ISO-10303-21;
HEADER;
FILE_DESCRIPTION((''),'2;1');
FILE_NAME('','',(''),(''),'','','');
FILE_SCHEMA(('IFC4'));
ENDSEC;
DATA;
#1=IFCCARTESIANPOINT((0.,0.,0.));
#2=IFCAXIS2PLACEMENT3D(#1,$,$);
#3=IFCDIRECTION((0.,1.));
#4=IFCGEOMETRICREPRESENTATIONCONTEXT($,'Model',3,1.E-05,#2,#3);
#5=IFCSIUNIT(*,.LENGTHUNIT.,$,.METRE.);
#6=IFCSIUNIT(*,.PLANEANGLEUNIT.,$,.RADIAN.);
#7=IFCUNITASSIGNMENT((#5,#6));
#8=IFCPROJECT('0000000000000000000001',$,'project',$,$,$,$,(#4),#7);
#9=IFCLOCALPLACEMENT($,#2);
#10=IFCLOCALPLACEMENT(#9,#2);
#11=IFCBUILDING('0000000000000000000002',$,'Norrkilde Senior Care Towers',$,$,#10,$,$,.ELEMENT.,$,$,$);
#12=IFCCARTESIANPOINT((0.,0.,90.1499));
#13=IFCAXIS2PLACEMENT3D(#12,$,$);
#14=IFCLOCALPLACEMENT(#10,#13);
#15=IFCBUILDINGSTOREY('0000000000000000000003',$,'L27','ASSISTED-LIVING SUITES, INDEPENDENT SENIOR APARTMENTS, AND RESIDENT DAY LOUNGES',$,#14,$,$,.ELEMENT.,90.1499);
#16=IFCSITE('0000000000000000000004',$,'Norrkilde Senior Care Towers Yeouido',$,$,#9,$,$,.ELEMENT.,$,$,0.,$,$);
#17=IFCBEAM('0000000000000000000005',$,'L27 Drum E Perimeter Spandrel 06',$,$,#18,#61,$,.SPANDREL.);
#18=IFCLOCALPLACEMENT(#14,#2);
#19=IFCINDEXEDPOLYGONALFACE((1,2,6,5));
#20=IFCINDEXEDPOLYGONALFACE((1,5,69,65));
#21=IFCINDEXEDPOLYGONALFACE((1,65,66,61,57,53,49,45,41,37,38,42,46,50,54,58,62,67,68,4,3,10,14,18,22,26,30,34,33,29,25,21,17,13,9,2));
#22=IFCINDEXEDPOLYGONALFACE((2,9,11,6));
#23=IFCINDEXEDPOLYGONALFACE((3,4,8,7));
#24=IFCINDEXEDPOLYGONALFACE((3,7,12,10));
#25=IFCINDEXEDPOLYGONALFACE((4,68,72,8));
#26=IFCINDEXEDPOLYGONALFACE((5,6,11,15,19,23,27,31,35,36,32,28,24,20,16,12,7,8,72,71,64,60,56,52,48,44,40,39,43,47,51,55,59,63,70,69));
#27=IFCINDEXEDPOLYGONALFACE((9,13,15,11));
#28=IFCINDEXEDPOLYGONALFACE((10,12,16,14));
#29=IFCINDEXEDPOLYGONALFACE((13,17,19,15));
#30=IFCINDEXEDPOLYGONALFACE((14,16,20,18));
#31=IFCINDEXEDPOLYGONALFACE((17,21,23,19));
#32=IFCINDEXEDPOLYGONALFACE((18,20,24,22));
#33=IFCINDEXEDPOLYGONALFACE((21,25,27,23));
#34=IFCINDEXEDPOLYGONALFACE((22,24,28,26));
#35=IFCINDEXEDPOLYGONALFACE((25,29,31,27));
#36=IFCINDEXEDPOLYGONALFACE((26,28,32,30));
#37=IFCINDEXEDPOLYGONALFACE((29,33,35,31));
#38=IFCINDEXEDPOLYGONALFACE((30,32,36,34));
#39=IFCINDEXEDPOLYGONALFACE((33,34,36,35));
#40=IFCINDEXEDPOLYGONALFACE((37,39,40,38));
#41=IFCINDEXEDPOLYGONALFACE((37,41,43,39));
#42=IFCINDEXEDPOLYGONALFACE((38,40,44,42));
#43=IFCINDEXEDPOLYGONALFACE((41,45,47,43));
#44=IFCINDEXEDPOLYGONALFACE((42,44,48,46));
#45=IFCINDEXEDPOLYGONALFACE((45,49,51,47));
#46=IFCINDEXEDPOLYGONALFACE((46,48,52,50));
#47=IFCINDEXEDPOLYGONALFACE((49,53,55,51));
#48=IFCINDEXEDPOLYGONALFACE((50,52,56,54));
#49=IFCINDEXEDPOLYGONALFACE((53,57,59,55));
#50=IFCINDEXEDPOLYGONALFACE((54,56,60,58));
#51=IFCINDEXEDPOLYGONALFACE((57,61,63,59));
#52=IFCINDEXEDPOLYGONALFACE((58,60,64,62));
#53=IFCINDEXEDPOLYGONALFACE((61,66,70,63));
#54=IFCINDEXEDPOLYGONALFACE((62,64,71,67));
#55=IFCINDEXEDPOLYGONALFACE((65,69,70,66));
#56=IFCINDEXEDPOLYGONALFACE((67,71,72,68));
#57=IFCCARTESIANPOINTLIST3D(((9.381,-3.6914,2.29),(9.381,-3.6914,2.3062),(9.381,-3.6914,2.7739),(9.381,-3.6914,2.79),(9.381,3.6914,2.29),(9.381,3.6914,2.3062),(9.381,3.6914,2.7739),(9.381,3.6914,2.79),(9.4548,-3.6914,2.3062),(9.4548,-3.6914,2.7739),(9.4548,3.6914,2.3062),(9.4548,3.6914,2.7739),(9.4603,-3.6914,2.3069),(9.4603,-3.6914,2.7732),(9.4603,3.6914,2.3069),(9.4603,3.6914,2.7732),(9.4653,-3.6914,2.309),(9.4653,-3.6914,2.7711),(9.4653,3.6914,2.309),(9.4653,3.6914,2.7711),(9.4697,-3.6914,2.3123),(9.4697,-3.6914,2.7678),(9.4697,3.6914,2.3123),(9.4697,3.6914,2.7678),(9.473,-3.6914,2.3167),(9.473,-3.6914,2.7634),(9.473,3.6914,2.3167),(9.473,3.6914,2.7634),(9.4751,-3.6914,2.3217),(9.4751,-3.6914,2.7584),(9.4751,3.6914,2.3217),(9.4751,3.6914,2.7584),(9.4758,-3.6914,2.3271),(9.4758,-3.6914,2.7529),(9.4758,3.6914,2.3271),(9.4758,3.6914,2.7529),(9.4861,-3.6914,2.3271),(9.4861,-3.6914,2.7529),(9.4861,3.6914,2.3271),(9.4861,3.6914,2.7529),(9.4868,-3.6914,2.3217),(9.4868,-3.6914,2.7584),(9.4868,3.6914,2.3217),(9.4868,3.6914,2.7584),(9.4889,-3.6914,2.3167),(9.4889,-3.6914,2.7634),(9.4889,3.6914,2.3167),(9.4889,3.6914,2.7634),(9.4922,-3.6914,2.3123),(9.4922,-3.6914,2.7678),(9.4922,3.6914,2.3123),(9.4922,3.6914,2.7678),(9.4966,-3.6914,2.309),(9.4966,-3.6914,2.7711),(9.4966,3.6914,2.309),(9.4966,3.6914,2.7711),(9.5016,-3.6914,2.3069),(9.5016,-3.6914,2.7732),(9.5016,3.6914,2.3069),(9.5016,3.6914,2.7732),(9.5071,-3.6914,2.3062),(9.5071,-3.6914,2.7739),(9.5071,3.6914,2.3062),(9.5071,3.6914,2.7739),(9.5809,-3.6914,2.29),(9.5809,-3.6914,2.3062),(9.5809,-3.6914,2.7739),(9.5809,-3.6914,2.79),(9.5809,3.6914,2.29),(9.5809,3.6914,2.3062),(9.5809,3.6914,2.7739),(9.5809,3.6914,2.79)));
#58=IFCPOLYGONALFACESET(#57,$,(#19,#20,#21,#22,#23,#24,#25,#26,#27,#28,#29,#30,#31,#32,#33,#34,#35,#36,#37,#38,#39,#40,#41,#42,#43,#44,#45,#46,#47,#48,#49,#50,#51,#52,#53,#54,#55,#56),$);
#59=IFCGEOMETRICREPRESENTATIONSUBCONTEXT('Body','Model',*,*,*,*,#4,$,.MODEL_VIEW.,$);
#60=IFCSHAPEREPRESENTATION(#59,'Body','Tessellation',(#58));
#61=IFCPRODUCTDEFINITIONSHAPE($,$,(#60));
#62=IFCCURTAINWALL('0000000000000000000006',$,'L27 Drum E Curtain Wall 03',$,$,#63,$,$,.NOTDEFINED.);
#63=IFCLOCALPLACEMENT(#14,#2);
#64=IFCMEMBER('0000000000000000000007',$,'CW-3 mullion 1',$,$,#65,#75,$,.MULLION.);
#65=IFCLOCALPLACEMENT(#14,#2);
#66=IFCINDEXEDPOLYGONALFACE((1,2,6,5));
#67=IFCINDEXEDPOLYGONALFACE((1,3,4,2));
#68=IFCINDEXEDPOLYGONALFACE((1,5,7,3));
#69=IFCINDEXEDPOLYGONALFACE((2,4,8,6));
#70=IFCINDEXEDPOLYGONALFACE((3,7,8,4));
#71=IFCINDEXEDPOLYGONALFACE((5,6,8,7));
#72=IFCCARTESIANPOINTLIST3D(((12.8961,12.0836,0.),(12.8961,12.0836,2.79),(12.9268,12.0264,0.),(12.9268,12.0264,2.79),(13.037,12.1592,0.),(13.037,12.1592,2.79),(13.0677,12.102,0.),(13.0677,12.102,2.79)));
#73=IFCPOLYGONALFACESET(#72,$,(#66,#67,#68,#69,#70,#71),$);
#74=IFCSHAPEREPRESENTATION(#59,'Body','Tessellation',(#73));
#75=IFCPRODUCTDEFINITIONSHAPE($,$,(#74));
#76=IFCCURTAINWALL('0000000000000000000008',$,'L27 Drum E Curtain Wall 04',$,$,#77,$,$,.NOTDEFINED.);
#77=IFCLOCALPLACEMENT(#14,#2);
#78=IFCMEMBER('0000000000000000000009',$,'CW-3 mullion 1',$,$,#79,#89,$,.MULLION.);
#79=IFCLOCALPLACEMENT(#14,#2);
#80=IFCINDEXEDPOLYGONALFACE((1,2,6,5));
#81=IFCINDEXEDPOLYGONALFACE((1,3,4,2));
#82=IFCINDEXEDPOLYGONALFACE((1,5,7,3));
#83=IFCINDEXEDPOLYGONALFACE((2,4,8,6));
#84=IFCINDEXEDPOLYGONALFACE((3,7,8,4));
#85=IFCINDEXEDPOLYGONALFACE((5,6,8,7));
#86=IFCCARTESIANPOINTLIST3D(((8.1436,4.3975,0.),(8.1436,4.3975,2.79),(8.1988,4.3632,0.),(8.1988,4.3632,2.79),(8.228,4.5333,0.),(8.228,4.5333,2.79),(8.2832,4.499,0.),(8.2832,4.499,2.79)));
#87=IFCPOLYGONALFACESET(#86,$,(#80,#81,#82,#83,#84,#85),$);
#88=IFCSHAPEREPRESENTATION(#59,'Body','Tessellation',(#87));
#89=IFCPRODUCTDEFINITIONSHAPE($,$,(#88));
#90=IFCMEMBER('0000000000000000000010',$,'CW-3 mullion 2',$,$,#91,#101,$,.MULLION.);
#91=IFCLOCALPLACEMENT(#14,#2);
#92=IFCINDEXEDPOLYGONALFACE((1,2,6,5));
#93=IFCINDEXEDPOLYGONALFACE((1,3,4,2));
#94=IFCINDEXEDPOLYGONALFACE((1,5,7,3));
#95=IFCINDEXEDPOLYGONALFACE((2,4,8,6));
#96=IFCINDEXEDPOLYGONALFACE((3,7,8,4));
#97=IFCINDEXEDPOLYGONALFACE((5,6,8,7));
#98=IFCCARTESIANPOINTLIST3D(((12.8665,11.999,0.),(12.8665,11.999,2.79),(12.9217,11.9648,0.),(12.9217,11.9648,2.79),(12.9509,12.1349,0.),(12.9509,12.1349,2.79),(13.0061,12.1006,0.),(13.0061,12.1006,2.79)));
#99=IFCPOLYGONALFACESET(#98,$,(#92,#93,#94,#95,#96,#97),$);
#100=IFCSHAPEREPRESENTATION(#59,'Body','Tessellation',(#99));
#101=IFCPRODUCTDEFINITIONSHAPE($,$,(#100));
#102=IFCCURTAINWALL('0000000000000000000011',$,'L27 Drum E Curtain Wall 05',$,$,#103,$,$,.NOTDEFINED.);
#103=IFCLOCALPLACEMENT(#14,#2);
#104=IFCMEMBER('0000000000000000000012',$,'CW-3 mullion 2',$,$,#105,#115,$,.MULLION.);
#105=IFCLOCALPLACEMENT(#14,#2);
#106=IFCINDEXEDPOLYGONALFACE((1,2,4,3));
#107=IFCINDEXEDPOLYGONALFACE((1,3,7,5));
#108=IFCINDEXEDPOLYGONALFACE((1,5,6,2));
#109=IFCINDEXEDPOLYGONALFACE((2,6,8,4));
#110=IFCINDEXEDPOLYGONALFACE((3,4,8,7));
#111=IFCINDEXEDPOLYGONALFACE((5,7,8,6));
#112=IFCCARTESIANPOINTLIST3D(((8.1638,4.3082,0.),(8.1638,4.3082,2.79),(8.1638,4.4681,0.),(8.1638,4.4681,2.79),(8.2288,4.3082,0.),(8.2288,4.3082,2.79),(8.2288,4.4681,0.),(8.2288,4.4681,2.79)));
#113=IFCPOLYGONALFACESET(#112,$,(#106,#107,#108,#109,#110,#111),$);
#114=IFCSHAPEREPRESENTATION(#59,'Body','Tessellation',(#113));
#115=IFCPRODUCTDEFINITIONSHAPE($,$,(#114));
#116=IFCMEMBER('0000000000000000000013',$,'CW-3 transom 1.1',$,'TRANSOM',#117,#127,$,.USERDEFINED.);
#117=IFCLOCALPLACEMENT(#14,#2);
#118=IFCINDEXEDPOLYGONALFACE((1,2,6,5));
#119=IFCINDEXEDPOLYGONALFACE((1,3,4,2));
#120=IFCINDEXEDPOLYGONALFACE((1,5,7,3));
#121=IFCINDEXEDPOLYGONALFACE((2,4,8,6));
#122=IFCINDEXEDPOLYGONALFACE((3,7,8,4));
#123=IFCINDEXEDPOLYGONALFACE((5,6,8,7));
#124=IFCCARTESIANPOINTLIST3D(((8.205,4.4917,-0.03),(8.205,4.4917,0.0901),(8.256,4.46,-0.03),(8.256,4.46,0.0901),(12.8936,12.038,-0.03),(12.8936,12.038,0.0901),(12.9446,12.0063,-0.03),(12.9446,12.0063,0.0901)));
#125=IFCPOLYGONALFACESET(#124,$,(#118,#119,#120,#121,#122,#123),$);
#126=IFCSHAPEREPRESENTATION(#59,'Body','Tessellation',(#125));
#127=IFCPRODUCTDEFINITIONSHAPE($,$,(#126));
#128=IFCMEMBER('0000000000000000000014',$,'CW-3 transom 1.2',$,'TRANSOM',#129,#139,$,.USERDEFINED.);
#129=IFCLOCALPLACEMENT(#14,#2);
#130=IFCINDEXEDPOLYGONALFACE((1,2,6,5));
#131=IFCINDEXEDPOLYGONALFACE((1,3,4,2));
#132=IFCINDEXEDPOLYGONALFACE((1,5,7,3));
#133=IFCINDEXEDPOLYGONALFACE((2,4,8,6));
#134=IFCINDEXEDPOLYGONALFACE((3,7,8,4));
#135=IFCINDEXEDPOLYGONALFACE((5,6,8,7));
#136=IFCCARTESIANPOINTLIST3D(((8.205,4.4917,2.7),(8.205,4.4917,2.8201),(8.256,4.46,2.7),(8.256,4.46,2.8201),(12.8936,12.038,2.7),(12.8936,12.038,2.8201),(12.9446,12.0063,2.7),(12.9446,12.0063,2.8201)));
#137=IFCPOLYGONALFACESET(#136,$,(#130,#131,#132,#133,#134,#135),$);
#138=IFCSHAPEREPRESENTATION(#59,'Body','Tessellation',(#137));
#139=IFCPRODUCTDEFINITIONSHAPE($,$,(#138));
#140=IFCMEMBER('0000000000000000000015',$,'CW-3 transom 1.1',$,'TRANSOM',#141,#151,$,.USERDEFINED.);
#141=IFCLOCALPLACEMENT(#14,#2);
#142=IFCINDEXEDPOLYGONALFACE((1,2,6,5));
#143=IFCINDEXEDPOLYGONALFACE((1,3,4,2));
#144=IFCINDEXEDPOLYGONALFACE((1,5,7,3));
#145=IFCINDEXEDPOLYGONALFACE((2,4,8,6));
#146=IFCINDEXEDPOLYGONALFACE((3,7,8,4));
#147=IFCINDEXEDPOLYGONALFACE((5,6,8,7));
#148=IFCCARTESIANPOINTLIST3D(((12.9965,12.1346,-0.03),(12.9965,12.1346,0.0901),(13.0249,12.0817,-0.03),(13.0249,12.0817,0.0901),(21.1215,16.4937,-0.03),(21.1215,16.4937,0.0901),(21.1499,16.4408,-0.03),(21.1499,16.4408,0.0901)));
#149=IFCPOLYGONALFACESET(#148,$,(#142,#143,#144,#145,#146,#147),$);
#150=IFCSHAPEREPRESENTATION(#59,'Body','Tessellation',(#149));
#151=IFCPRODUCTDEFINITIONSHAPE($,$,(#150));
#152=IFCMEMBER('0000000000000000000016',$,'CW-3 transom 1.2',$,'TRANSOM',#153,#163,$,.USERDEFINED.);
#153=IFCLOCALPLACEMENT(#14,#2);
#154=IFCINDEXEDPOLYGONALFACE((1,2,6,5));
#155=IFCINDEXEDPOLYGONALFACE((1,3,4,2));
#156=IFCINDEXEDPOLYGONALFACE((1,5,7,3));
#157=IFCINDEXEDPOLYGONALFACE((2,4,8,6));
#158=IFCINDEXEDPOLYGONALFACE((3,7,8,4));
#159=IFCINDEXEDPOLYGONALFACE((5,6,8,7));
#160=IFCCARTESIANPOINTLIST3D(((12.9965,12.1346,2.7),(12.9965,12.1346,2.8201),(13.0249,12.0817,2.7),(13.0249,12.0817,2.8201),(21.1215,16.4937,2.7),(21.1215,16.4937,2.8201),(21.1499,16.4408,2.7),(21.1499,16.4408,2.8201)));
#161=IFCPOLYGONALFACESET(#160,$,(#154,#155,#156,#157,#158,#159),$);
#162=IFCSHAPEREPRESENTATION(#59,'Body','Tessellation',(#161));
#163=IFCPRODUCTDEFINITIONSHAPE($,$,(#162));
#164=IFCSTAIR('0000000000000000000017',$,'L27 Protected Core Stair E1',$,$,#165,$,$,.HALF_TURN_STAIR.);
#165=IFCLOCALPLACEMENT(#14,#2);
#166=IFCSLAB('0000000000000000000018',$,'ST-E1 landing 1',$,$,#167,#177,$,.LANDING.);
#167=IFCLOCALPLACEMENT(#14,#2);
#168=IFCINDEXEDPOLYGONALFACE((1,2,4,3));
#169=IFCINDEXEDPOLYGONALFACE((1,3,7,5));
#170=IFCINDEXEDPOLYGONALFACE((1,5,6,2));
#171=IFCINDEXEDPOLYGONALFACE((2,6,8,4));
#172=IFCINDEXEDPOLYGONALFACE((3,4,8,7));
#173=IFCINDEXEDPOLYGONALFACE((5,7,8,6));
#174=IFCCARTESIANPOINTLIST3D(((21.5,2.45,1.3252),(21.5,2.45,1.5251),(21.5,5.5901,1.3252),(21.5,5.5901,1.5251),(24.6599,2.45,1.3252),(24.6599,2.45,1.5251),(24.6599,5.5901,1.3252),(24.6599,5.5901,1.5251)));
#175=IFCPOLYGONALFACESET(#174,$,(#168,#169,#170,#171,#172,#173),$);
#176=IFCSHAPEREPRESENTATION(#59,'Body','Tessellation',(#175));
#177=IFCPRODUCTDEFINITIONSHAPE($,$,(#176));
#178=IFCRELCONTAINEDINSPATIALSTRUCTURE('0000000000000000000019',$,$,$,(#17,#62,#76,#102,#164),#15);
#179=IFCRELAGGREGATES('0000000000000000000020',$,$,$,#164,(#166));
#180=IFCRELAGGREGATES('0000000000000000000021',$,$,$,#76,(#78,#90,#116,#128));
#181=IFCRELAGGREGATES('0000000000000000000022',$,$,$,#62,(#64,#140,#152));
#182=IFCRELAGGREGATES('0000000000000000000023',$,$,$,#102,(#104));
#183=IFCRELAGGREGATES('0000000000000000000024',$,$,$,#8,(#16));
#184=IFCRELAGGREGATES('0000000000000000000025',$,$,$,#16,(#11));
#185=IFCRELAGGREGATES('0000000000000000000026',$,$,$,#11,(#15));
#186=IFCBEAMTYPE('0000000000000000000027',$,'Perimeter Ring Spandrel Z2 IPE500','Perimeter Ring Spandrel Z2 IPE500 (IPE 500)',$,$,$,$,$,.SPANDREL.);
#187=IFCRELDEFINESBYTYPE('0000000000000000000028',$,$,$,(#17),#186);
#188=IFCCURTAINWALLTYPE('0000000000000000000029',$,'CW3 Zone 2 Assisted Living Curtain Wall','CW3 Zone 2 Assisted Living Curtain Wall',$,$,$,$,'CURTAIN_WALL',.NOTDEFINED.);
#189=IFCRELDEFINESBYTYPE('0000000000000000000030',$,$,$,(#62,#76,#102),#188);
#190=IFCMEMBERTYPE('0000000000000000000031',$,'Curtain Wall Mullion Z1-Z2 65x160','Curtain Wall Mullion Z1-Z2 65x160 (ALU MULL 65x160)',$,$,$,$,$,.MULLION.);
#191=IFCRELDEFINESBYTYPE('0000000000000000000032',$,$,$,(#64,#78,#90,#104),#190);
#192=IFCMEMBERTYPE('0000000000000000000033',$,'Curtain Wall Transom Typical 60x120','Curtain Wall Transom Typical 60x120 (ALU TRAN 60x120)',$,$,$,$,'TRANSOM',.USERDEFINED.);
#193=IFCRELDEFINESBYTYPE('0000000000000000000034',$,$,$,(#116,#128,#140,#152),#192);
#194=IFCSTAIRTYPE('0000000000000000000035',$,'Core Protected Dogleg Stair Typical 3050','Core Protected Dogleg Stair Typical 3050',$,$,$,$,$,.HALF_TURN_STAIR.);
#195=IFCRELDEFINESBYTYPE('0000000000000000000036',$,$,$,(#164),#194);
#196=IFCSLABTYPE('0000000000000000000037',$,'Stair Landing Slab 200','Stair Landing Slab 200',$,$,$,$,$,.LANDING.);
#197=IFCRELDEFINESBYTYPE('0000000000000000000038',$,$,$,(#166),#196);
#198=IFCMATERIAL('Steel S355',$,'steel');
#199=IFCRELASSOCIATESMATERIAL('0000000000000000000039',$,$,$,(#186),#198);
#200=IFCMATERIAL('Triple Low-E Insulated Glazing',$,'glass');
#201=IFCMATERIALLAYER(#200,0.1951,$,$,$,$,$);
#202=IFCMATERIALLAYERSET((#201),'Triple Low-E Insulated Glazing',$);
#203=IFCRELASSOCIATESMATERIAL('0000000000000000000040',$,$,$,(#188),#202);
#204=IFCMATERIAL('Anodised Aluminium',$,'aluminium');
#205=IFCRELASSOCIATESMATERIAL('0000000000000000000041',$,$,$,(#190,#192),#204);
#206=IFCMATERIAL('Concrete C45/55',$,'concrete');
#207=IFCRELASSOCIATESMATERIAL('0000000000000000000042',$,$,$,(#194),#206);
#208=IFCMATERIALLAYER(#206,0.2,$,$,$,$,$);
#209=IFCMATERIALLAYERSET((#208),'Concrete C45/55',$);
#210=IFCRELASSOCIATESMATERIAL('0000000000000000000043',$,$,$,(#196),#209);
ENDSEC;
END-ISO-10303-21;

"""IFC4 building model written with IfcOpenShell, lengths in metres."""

from ifc_helpers import new_model, si_unit, direction, frame, origin, origin_2d, place, context, subcontext, project, spatial, polyline, rectangle, i_section, outline, extrude, source, transform, mapped, material, layer, layer_set, material_profile, profile_set, type_object, type_shapes, element, aggregate, save


model = new_model("IFC4")

# Units and contexts
model_context = context("Model", 3, precision=1e-05, world=origin(), true_north=direction((0.0, 1.0)))
body_context = subcontext(model_context, "Body", "Model", "MODEL_VIEW")
ifc_project = project(units=[si_unit("LENGTHUNIT", "METRE"), si_unit("PLANEANGLEUNIT", "RADIAN")], contexts=[model_context])

# Site, building, storey
site_placement = place(None, origin())
site = spatial("IfcSite", under=ifc_project, at=site_placement, Name="Norrkilde Senior Care Towers Yeouido", CompositionType="ELEMENT", RefElevation=0.0)
building_placement = place(site_placement, origin())
building = spatial("IfcBuilding", under=site, at=building_placement, Name="Norrkilde Senior Care Towers", CompositionType="ELEMENT")
storey_placement = place(building_placement, frame((0.0, 0.0, 90.1499)))
storey = spatial("IfcBuildingStorey", under=building, at=storey_placement, Name="L27", Description="ASSISTED-LIVING SUITES, INDEPENDENT SENIOR APARTMENTS, AND RESIDENT DAY LOUNGES", CompositionType="ELEMENT", Elevation=90.1499)

# Beam
ifc_material_1 = material(Name="Steel S355", Category="steel")
ifc_material_profile_1 = material_profile(ifc_material_1, i_section(OverallWidth=0.2, OverallDepth=0.5, WebThickness=0.0103, FlangeThickness=0.0161, FilletRadius=0.021, at=origin_2d()), Name="IPE 500")
ifc_profile_set_1 = profile_set([ifc_material_profile_1], Name="Steel S355")
beam_type_1 = type_object("IfcBeamType", Name="Perimeter Ring Spandrel Z2 IPE500", Description="Perimeter Ring Spandrel Z2 IPE500 (IPE 500)", PredefinedType="SPANDREL", material=ifc_profile_set_1)
shared_shape_1 = source(origin(), body_context, "Body", "SweptSolid", [
    extrude(i_section(OverallWidth=0.2, OverallDepth=0.5, WebThickness=0.0103, FlangeThickness=0.0161, FilletRadius=0.021, at=origin_2d()), origin(), (0.0, 0.0, 1.0), 7.3828),
])
beam_1_placement = place(storey_placement, frame((9.481, 3.6914, 2.54), z_axis=(0.0, -1.0, 0.0), x_axis=(1.0, 0.0, 0.0)))
element("IfcBeam", 1, at=beam_1_placement, inside=storey, type_object=beam_type_1, Name="L27 Drum E Perimeter Spandrel 06", PredefinedType="SPANDREL", context=body_context, shape_type="MappedRepresentation", body=[
    mapped(shared_shape_1, transform((0.0, 0.0, 0.0), x_axis=(1.0, 0.0, 0.0), y_axis=(0.0, 1.0, 0.0), z_axis=(0.0, 0.0, 1.0), scale=1.0)),
])

# Curtain wall, member
ifc_material_2 = material(Name="Triple Low-E Insulated Glazing", Category="glass")
ifc_layer_1 = layer(ifc_material_2, 0.1951)
ifc_layer_set_1 = layer_set([ifc_layer_1], Name="Triple Low-E Insulated Glazing")
curtain_wall_type = type_object("IfcCurtainWallType", Name="CW3 Zone 2 Assisted Living Curtain Wall", Description="CW3 Zone 2 Assisted Living Curtain Wall", ElementType="CURTAIN_WALL", PredefinedType="NOTDEFINED", material=ifc_layer_set_1)
curtain_wall_1_placement = place(storey_placement, origin())
curtain_wall_1 = element("IfcCurtainWall", 2, at=curtain_wall_1_placement, inside=storey, type_object=curtain_wall_type, Name="L27 Drum E Curtain Wall 03", PredefinedType="NOTDEFINED")
ifc_material_3 = material(Name="Anodised Aluminium", Category="aluminium")
ifc_material_profile_2 = material_profile(ifc_material_3, rectangle(XDim=0.0649, YDim=0.1599, at=origin_2d()), Name="ALU MULL 65x160")
ifc_profile_set_2 = profile_set([ifc_material_profile_2], Name="Anodised Aluminium")
member_type_1 = type_object("IfcMemberType", Name="Curtain Wall Mullion Z1-Z2 65x160", Description="Curtain Wall Mullion Z1-Z2 65x160 (ALU MULL 65x160)", PredefinedType="MULLION", material=ifc_profile_set_2)
shared_shape_2 = source(origin(), body_context, "Body", "SweptSolid", [
    extrude(rectangle(XDim=0.0649, YDim=0.1599, at=origin_2d()), origin(), (0.0, 0.0, 1.0), 2.79),
])
type_shapes(member_type_1, [shared_shape_2])
member_1_placement = place(storey_placement, frame((12.9819, 12.0928, 0.0), z_axis=(0.0, 0.0, 1.0), x_axis=(-0.472769, 0.881186, 0.0)))
member_1 = element("IfcMember", 3, at=member_1_placement, type_object=member_type_1, Name="CW-3 mullion 1", PredefinedType="MULLION", context=body_context, shape_type="MappedRepresentation", body=[
    mapped(shared_shape_2, transform((0.0, 0.0, 0.0), x_axis=(1.0, 0.0, 0.0), y_axis=(0.0, 1.0, 0.0), z_axis=(0.0, 0.0, 1.0), scale=1.0)),
])

# Curtain wall, members
curtain_wall_2_placement = place(storey_placement, origin())
curtain_wall_2 = element("IfcCurtainWall", 4, at=curtain_wall_2_placement, inside=storey, type_object=curtain_wall_type, Name="L27 Drum E Curtain Wall 04", PredefinedType="NOTDEFINED")
member_2_placement = place(storey_placement, frame((8.2134, 4.4482, 0.0), z_axis=(0.0, 0.0, 1.0), x_axis=(-0.84941, 0.527733, 0.0)))
member_2 = element("IfcMember", 5, at=member_2_placement, type_object=member_type_1, Name="CW-3 mullion 1", PredefinedType="MULLION", context=body_context, shape_type="MappedRepresentation", body=[
    mapped(shared_shape_2, transform((0.0, 0.0, 0.0), x_axis=(1.0, 0.0, 0.0), y_axis=(0.0, 1.0, 0.0), z_axis=(0.0, 0.0, 1.0), scale=1.0)),
])
member_3_placement = place(storey_placement, frame((12.9363, 12.0498, 0.0), z_axis=(0.0, 0.0, 1.0), x_axis=(-0.84941, 0.527733, 0.0)))
member_3 = element("IfcMember", 6, at=member_3_placement, type_object=member_type_1, Name="CW-3 mullion 2", PredefinedType="MULLION", context=body_context, shape_type="MappedRepresentation", body=[
    mapped(shared_shape_2, transform((0.0, 0.0, 0.0), x_axis=(1.0, 0.0, 0.0), y_axis=(0.0, 1.0, 0.0), z_axis=(0.0, 0.0, 1.0), scale=1.0)),
])

# Curtain wall, member
curtain_wall_3_placement = place(storey_placement, origin())
curtain_wall_3 = element("IfcCurtainWall", 7, at=curtain_wall_3_placement, inside=storey, type_object=curtain_wall_type, Name="L27 Drum E Curtain Wall 05", PredefinedType="NOTDEFINED")
member_4_placement = place(storey_placement, frame((8.1963, 4.3882, 0.0), z_axis=(0.0, 0.0, 1.0), x_axis=(-1.0, 0.0, 0.0)))
member_4 = element("IfcMember", 8, at=member_4_placement, type_object=member_type_1, Name="CW-3 mullion 2", PredefinedType="MULLION", context=body_context, shape_type="MappedRepresentation", body=[
    mapped(shared_shape_2, transform((0.0, 0.0, 0.0), x_axis=(1.0, 0.0, 0.0), y_axis=(0.0, 1.0, 0.0), z_axis=(0.0, 0.0, 1.0), scale=1.0)),
])

# Members
ifc_material_profile_3 = material_profile(ifc_material_3, rectangle(XDim=0.0601, YDim=0.1201, at=origin_2d()), Name="ALU TRAN 60x120")
ifc_profile_set_3 = profile_set([ifc_material_profile_3], Name="Anodised Aluminium")
member_type_2 = type_object("IfcMemberType", Name="Curtain Wall Transom Typical 60x120", Description="Curtain Wall Transom Typical 60x120 (ALU TRAN 60x120)", ElementType="TRANSOM", PredefinedType="USERDEFINED", material=ifc_profile_set_3)
shared_shape_3 = source(origin(), body_context, "Body", "SweptSolid", [
    extrude(rectangle(XDim=0.0601, YDim=0.1201, at=origin_2d()), origin(), (0.0, 0.0, 1.0), 8.8843),
])
member_5_placement = place(storey_placement, frame((8.2305, 4.4758, 0.03), z_axis=(0.527749, 0.8494, 0.0), x_axis=(-0.8494, 0.527749, 0.0)))
member_5 = element("IfcMember", 9, at=member_5_placement, type_object=member_type_2, Name="CW-3 transom 1.1", ObjectType="TRANSOM", PredefinedType="USERDEFINED", context=body_context, shape_type="MappedRepresentation", body=[
    mapped(shared_shape_3, transform((0.0, 0.0, 0.0), x_axis=(1.0, 0.0, 0.0), y_axis=(0.0, 1.0, 0.0), z_axis=(0.0, 0.0, 1.0), scale=1.0)),
])
member_6_placement = place(storey_placement, frame((8.2305, 4.4758, 2.76), z_axis=(0.527749, 0.8494, 0.0), x_axis=(-0.8494, 0.527749, 0.0)))
member_6 = element("IfcMember", 10, at=member_6_placement, type_object=member_type_2, Name="CW-3 transom 1.2", ObjectType="TRANSOM", PredefinedType="USERDEFINED", context=body_context, shape_type="MappedRepresentation", body=[
    mapped(shared_shape_3, transform((0.0, 0.0, 0.0), x_axis=(1.0, 0.0, 0.0), y_axis=(0.0, 1.0, 0.0), z_axis=(0.0, 0.0, 1.0), scale=1.0)),
])
shared_shape_4 = source(origin(), body_context, "Body", "SweptSolid", [
    extrude(rectangle(XDim=0.0601, YDim=0.1201, at=origin_2d()), origin(), (0.0, 0.0, 1.0), 9.2205),
])
type_shapes(member_type_2, [shared_shape_3, shared_shape_4])
member_7_placement = place(storey_placement, frame((13.0107, 12.1082, 0.03), z_axis=(0.881189, 0.472765, 0.0), x_axis=(-0.472765, 0.881189, 0.0)))
member_7 = element("IfcMember", 11, at=member_7_placement, type_object=member_type_2, Name="CW-3 transom 1.1", ObjectType="TRANSOM", PredefinedType="USERDEFINED", context=body_context, shape_type="MappedRepresentation", body=[
    mapped(shared_shape_4, transform((0.0, 0.0, 0.0), x_axis=(1.0, 0.0, 0.0), y_axis=(0.0, 1.0, 0.0), z_axis=(0.0, 0.0, 1.0), scale=1.0)),
])
member_8_placement = place(storey_placement, frame((13.0107, 12.1082, 2.76), z_axis=(0.881189, 0.472765, 0.0), x_axis=(-0.472765, 0.881189, 0.0)))
member_8 = element("IfcMember", 12, at=member_8_placement, type_object=member_type_2, Name="CW-3 transom 1.2", ObjectType="TRANSOM", PredefinedType="USERDEFINED", context=body_context, shape_type="MappedRepresentation", body=[
    mapped(shared_shape_4, transform((0.0, 0.0, 0.0), x_axis=(1.0, 0.0, 0.0), y_axis=(0.0, 1.0, 0.0), z_axis=(0.0, 0.0, 1.0), scale=1.0)),
])

# Stair, slab
ifc_material_4 = material(Name="Concrete C45/55", Category="concrete")
stair_type = type_object("IfcStairType", Name="Core Protected Dogleg Stair Typical 3050", Description="Core Protected Dogleg Stair Typical 3050", PredefinedType="HALF_TURN_STAIR", material=ifc_material_4)
stair_1_placement = place(storey_placement, origin())
stair_1 = element("IfcStair", 13, at=stair_1_placement, inside=storey, type_object=stair_type, Name="L27 Protected Core Stair E1", PredefinedType="HALF_TURN_STAIR")
ifc_layer_2 = layer(ifc_material_4, 0.2)
ifc_layer_set_2 = layer_set([ifc_layer_2], Name="Concrete C45/55")
slab_type = type_object("IfcSlabType", Name="Stair Landing Slab 200", Description="Stair Landing Slab 200", PredefinedType="LANDING", material=ifc_layer_set_2)
slab_1_placement = place(storey_placement, frame((0.0, 0.0, 1.3252)))
slab_1 = element("IfcSlab", 14, at=slab_1_placement, type_object=slab_type, Name="ST-E1 landing 1", PredefinedType="LANDING", context=body_context, shape_type="SweptSolid", body=[
    extrude(outline(polyline([(24.6599, 5.5901), (21.5, 5.5901), (21.5, 2.45), (24.6599, 2.45), (24.6599, 5.5901)])), origin(), (0.0, 0.0, 1.0), 0.2),
])
aggregate(stair_1, [slab_1])

aggregate(curtain_wall_2, [member_2, member_3, member_5, member_6])
aggregate(curtain_wall_1, [member_1, member_7, member_8])
aggregate(curtain_wall_3, [member_4])

save(model, "model.ifc")
